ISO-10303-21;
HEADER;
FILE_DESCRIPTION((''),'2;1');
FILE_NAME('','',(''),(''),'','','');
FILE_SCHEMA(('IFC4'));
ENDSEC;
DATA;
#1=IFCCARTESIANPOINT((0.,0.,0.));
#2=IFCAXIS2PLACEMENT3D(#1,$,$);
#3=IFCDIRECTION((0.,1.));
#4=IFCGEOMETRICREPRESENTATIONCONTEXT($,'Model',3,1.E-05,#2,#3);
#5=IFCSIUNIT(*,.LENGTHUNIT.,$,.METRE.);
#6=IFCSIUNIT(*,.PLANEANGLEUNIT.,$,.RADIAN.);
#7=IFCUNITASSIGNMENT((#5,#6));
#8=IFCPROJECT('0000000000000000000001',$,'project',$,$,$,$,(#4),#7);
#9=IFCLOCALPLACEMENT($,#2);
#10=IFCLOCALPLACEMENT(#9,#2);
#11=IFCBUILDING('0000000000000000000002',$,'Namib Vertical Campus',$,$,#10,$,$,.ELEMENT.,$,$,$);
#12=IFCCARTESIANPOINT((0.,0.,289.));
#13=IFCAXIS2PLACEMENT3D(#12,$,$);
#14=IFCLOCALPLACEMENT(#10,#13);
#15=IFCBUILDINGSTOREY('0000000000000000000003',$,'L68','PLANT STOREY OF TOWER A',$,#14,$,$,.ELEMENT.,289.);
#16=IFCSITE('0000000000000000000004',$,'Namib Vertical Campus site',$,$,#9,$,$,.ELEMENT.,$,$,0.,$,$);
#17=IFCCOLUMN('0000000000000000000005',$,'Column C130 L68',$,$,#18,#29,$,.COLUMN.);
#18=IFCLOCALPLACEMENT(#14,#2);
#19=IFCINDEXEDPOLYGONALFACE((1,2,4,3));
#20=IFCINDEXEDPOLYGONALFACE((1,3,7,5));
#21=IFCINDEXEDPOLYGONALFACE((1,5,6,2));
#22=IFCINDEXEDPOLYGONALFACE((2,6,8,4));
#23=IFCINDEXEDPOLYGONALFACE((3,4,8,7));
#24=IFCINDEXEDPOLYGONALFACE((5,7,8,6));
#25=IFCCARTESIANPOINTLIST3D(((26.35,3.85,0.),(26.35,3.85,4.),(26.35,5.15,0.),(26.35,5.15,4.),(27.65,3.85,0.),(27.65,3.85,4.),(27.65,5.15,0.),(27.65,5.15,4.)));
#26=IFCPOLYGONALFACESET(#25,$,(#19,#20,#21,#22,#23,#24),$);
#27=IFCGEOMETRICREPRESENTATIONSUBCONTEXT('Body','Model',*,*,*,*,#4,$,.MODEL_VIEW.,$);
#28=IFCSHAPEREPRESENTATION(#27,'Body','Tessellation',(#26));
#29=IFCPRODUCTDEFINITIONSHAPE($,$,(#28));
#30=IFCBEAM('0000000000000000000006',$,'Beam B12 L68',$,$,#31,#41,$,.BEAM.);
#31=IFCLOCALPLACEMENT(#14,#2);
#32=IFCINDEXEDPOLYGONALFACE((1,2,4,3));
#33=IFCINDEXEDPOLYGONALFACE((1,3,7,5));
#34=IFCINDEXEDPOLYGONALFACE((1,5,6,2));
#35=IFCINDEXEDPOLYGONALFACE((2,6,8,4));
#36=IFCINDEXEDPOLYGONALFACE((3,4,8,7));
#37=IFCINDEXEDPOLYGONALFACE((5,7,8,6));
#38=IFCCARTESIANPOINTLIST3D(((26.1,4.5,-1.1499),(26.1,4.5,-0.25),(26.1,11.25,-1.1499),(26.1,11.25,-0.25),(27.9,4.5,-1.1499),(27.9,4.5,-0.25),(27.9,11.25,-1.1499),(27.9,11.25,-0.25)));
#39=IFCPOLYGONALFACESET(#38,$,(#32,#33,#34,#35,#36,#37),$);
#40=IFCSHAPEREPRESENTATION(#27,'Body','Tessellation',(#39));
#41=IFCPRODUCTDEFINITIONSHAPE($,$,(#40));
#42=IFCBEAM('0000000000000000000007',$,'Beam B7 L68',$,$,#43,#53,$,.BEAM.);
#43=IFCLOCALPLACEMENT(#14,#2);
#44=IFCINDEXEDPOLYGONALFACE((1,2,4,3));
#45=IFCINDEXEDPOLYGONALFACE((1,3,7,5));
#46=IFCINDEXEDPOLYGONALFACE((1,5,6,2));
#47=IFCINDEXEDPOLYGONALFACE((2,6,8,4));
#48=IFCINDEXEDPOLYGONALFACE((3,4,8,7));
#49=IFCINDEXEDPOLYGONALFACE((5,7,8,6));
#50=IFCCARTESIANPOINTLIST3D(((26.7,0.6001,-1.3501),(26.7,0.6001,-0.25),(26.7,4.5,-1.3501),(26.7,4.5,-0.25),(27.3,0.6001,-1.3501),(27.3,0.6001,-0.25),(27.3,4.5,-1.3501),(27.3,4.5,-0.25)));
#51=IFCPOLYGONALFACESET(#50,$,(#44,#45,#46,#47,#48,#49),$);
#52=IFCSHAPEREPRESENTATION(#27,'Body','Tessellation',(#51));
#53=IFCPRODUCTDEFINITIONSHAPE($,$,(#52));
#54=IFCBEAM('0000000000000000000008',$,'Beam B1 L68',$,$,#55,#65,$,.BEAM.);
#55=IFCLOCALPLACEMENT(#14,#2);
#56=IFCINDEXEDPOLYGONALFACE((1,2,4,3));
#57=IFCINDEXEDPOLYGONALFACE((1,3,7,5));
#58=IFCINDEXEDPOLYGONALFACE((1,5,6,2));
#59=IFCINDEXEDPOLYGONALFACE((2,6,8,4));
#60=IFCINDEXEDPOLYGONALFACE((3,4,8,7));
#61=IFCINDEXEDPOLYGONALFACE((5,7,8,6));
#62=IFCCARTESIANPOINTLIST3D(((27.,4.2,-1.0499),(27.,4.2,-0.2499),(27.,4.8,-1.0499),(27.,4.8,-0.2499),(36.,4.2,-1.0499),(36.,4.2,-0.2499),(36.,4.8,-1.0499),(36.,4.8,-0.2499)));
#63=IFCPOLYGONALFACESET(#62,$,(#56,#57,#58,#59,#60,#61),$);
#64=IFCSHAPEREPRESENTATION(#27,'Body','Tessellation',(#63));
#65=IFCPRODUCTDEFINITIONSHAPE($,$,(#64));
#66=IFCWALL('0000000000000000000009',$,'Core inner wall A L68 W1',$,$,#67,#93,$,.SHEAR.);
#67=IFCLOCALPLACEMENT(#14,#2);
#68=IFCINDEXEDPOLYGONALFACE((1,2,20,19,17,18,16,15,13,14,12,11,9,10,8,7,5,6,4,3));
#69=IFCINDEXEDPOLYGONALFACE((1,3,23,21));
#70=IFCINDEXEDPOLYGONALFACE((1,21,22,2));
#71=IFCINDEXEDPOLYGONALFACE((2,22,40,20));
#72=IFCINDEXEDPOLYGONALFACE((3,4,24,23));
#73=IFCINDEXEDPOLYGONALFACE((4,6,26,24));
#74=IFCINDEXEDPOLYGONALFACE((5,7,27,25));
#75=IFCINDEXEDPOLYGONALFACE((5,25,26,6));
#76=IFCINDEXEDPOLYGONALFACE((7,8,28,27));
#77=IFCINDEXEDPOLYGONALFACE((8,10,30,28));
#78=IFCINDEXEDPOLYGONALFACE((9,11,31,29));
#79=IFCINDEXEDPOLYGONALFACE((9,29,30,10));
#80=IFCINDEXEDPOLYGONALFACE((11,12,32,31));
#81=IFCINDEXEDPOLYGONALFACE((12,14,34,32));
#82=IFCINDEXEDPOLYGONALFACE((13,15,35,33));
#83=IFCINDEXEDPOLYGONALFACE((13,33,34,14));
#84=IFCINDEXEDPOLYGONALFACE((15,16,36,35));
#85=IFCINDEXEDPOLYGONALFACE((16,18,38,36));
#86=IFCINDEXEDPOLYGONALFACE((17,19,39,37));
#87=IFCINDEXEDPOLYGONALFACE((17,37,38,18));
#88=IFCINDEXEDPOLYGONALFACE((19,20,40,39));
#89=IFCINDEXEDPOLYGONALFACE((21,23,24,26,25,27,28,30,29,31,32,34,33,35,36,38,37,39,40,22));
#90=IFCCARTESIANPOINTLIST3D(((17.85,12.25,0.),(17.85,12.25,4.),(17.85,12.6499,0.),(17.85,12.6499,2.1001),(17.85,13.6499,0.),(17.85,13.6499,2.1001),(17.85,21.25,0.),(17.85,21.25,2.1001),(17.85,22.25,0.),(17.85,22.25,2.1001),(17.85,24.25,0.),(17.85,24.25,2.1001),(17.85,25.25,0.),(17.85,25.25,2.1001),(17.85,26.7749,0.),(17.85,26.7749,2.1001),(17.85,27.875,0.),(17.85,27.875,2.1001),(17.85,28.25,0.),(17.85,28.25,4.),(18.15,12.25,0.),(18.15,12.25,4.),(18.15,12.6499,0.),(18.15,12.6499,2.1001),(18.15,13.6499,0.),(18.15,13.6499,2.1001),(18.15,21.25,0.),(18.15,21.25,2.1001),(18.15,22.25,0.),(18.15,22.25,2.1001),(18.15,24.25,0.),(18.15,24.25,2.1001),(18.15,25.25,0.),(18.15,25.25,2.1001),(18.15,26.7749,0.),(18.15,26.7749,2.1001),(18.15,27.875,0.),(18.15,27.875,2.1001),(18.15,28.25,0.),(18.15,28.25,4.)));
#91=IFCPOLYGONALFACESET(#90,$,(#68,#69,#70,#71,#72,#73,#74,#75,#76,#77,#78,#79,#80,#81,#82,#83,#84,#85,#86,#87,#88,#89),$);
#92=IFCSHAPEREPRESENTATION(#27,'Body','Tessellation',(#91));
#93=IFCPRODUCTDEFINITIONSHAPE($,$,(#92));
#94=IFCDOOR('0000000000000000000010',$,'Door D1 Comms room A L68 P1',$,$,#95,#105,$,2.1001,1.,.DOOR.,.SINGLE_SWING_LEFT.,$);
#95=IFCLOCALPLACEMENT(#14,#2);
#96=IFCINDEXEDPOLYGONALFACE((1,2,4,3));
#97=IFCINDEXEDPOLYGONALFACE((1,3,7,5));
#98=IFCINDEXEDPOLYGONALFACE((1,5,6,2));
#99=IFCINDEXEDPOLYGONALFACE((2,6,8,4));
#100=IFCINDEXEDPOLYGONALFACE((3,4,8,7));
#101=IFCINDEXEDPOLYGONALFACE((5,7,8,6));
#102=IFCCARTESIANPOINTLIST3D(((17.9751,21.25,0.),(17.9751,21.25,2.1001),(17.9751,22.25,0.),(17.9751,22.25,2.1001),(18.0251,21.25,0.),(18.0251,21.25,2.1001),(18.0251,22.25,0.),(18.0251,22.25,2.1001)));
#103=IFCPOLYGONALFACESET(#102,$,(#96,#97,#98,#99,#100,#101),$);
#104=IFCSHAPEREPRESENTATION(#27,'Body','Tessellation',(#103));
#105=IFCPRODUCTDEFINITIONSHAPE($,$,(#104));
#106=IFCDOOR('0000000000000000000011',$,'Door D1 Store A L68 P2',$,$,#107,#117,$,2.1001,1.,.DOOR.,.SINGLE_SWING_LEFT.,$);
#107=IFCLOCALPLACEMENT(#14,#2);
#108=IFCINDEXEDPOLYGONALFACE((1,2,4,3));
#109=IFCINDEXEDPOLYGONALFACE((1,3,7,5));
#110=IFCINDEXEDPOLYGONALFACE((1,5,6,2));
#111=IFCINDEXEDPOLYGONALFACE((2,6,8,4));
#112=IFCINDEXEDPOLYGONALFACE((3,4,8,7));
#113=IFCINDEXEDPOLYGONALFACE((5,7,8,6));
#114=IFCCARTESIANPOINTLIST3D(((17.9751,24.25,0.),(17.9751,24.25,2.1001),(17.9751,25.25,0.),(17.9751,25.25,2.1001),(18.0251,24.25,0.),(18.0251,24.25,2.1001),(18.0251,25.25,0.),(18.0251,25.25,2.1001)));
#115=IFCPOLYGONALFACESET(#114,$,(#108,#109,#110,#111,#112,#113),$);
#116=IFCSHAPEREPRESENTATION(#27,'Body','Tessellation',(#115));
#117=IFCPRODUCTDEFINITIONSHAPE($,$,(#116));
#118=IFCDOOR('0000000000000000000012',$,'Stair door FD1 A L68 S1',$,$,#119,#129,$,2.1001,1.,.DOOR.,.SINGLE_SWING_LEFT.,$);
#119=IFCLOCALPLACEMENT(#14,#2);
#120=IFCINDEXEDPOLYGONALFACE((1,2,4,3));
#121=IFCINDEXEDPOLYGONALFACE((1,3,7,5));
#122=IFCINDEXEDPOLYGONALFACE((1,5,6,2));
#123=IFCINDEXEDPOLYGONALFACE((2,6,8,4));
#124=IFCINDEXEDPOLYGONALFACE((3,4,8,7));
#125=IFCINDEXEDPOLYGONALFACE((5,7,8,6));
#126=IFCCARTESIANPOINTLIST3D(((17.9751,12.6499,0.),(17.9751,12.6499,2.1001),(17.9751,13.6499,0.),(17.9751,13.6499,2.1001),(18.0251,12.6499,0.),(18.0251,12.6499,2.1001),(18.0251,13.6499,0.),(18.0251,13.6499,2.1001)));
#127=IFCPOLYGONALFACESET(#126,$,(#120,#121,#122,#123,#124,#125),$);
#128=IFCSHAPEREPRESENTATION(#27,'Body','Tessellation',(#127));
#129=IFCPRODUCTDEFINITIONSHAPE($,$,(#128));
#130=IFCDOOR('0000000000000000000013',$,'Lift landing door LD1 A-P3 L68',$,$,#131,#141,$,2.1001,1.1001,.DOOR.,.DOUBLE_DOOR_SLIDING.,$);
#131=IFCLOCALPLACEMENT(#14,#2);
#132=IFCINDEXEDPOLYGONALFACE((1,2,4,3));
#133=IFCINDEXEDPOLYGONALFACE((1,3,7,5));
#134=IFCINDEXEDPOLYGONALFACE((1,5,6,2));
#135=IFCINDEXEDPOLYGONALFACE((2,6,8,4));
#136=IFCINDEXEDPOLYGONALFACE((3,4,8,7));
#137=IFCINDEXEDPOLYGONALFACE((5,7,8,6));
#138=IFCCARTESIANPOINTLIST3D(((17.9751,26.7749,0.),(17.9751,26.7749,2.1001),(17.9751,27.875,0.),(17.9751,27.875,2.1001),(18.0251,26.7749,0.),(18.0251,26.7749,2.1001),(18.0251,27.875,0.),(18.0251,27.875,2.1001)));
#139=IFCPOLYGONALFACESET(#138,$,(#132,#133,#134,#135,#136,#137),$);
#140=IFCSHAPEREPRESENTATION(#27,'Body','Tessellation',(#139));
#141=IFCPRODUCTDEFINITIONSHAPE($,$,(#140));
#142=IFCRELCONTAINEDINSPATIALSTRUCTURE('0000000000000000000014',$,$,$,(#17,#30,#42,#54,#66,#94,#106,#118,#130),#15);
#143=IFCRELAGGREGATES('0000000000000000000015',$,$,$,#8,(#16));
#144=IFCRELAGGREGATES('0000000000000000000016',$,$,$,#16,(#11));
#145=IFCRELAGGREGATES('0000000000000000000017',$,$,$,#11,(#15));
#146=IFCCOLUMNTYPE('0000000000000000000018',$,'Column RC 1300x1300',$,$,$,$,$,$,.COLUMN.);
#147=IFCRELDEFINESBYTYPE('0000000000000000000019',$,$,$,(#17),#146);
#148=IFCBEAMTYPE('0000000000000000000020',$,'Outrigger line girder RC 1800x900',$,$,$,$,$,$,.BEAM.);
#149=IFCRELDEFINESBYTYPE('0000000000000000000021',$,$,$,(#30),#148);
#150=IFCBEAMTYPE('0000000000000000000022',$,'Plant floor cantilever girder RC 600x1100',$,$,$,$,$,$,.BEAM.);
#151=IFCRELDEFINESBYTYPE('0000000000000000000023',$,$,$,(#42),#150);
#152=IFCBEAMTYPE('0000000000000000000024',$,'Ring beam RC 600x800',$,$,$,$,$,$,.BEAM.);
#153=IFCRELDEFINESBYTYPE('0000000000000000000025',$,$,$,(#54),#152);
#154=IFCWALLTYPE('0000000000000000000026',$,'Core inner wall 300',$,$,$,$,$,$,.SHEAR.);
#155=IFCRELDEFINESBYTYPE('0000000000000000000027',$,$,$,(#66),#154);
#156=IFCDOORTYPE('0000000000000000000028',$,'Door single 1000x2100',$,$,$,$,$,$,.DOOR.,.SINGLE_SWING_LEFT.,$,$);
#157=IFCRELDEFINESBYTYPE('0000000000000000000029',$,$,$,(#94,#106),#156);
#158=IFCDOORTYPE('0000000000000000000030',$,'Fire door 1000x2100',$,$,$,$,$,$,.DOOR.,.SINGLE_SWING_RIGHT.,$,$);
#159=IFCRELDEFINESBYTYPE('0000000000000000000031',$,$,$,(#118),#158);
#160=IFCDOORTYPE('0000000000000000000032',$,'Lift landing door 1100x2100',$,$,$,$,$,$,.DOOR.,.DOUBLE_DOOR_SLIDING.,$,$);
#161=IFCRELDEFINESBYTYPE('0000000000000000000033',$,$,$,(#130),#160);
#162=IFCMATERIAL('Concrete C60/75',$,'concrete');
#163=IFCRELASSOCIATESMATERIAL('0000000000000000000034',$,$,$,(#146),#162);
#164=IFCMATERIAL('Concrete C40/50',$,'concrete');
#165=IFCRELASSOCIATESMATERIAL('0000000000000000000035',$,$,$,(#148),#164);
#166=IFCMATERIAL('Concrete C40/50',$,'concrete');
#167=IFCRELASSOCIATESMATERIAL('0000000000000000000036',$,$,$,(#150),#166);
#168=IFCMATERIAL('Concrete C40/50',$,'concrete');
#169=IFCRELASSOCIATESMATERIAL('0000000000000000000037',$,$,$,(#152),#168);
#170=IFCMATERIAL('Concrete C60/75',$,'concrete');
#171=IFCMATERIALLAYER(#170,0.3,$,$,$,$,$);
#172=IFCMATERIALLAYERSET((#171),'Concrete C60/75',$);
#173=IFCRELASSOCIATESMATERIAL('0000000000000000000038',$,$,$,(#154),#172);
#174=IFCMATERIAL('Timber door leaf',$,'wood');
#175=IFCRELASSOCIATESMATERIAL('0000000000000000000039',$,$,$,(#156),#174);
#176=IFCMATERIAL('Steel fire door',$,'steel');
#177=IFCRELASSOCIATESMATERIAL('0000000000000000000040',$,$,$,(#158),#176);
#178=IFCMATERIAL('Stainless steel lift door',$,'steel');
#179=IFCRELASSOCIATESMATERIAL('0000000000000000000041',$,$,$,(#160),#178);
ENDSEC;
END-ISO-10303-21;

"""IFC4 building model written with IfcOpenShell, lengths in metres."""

from ifc_helpers import new_model, si_unit, direction, frame, frame_2d, origin, origin_2d, place, context, subcontext, project, spatial, rectangle, extrude, material, layer, layer_set, material_profile, profile_set, type_object, element, fill, save


model = new_model("IFC4")

# Units and contexts
model_context = context("Model", 3, precision=1e-05, world=origin(), true_north=direction((0.0, 1.0)))
body_context = subcontext(model_context, "Body", "Model", "MODEL_VIEW")
ifc_project = project(units=[si_unit("LENGTHUNIT", "METRE"), si_unit("PLANEANGLEUNIT", "RADIAN")], contexts=[model_context])

# Site, building, storey
site_placement = place(None, origin())
site = spatial("IfcSite", under=ifc_project, at=site_placement, Name="Namib Vertical Campus site", CompositionType="ELEMENT", RefElevation=0.0)
building_placement = place(site_placement, origin())
building = spatial("IfcBuilding", under=site, at=building_placement, Name="Namib Vertical Campus", CompositionType="ELEMENT")
storey_placement = place(building_placement, frame((0.0, 0.0, 289.0)))
storey = spatial("IfcBuildingStorey", under=building, at=storey_placement, Name="L68", Description="PLANT STOREY OF TOWER A", CompositionType="ELEMENT", Elevation=289.0)

# Column
ifc_material_1 = material(Name="Concrete C60/75", Category="concrete")
ifc_material_profile_1 = material_profile(ifc_material_1, rectangle(XDim=1.3, YDim=1.3, at=origin_2d()))
ifc_profile_set_1 = profile_set([ifc_material_profile_1], Name="Concrete C60/75")
column_type = type_object("IfcColumnType", Name="Column RC 1300x1300", PredefinedType="COLUMN", material=ifc_profile_set_1)
column_placement = place(storey_placement, frame((27.0, 4.5, 0.0), z_axis=(0.0, 0.0, 1.0), x_axis=(1.0, 0.0, 0.0)))
element("IfcColumn", 1, at=column_placement, inside=storey, type_object=column_type, Name="Column C130 L68", PredefinedType="COLUMN", context=body_context, shape_type="SweptSolid", body=[
    extrude(rectangle(XDim=1.3, YDim=1.3, at=origin_2d()), origin(), (0.0, 0.0, 1.0), 4.0),
])

# Beams
ifc_material_2 = material(Name="Concrete C40/50", Category="concrete")
ifc_material_profile_2 = material_profile(ifc_material_2, rectangle(XDim=1.8, YDim=0.8999, at=origin_2d()))
ifc_profile_set_2 = profile_set([ifc_material_profile_2], Name="Concrete C40/50")
beam_type_1 = type_object("IfcBeamType", Name="Outrigger line girder RC 1800x900", PredefinedType="BEAM", material=ifc_profile_set_2)
beam_1_placement = place(storey_placement, frame((27.0, 4.5, -0.7), z_axis=(0.0, 1.0, 0.0), x_axis=(-1.0, 0.0, 0.0)))
element("IfcBeam", 2, at=beam_1_placement, inside=storey, type_object=beam_type_1, Name="Beam B12 L68", PredefinedType="BEAM", context=body_context, shape_type="SweptSolid", body=[
    extrude(rectangle(XDim=1.8, YDim=0.8999, at=origin_2d()), origin(), (0.0, 0.0, 1.0), 6.75),
])
ifc_material_3 = material(Name="Concrete C40/50", Category="concrete")
ifc_material_profile_3 = material_profile(ifc_material_3, rectangle(XDim=0.6001, YDim=1.1001, at=origin_2d()))
ifc_profile_set_3 = profile_set([ifc_material_profile_3], Name="Concrete C40/50")
beam_type_2 = type_object("IfcBeamType", Name="Plant floor cantilever girder RC 600x1100", PredefinedType="BEAM", material=ifc_profile_set_3)
beam_2_placement = place(storey_placement, frame((27.0, 4.5, -0.8), z_axis=(0.0, -1.0, 0.0), x_axis=(1.0, 0.0, 0.0)))
element("IfcBeam", 3, at=beam_2_placement, inside=storey, type_object=beam_type_2, Name="Beam B7 L68", PredefinedType="BEAM", context=body_context, shape_type="SweptSolid", body=[
    extrude(rectangle(XDim=0.6001, YDim=1.1001, at=origin_2d()), origin(), (0.0, 0.0, 1.0), 3.8999),
])
ifc_material_4 = material(Name="Concrete C40/50", Category="concrete")
ifc_material_profile_4 = material_profile(ifc_material_4, rectangle(XDim=0.6001, YDim=0.8, at=origin_2d()))
ifc_profile_set_4 = profile_set([ifc_material_profile_4], Name="Concrete C40/50")
beam_type_3 = type_object("IfcBeamType", Name="Ring beam RC 600x800", PredefinedType="BEAM", material=ifc_profile_set_4)
beam_3_placement = place(storey_placement, frame((27.0, 4.5, -0.6499), z_axis=(1.0, 0.0, 0.0), x_axis=(0.0, 1.0, 0.0)))
element("IfcBeam", 4, at=beam_3_placement, inside=storey, type_object=beam_type_3, Name="Beam B1 L68", PredefinedType="BEAM", context=body_context, shape_type="SweptSolid", body=[
    extrude(rectangle(XDim=0.6001, YDim=0.8, at=origin_2d()), origin(), (0.0, 0.0, 1.0), 9.0),
])

# Wall, openings, doors
ifc_material_5 = material(Name="Concrete C60/75", Category="concrete")
ifc_layer_1 = layer(ifc_material_5, 0.3)
ifc_layer_set_1 = layer_set([ifc_layer_1], Name="Concrete C60/75")
wall_type_1 = type_object("IfcWallType", Name="Core inner wall 300", PredefinedType="SHEAR", material=ifc_layer_set_1)
wall_1_placement = place(storey_placement, frame((18.0, 12.25, 0.0), z_axis=(0.0, 0.0, 1.0), x_axis=(0.0, 1.0, 0.0)))
wall_1 = element("IfcWall", 5, at=wall_1_placement, inside=storey, type_object=wall_type_1, Name="Core inner wall A L68 W1", PredefinedType="SHEAR", context=body_context, shape_type="SweptSolid", body=[
    extrude(rectangle(XDim=16.0, YDim=0.3, at=frame_2d((8.0, 0.0))), origin(), (0.0, 0.0, 1.0), 4.0),
])
opening_1_placement = place(wall_1_placement, frame((0.3999, 0.0, 0.0)))
opening_1 = element("IfcOpeningElement", 6, at=opening_1_placement, cuts=wall_1, PredefinedType="OPENING", context=body_context, shape_type="SweptSolid", body=[
    extrude(rectangle(XDim=1.0, YDim=2.1001, at=frame_2d((0.5, 1.05))), frame((0.0, 0.1599, 0.0), z_axis=(0.0, -1.0, 0.0), x_axis=(1.0, 0.0, 0.0)), (0.0, 0.0, 1.0), 0.3201),
])
opening_2_placement = place(wall_1_placement, frame((14.5249, 0.0, 0.0)))
opening_2 = element("IfcOpeningElement", 7, at=opening_2_placement, cuts=wall_1, PredefinedType="OPENING", context=body_context, shape_type="SweptSolid", body=[
    extrude(rectangle(XDim=1.1001, YDim=2.1001, at=frame_2d((0.55, 1.05))), frame((0.0, 0.1599, 0.0), z_axis=(0.0, -1.0, 0.0), x_axis=(1.0, 0.0, 0.0)), (0.0, 0.0, 1.0), 0.3201),
])
opening_3_placement = place(wall_1_placement, frame((9.0, 0.0, 0.0)))
opening_3 = element("IfcOpeningElement", 8, at=opening_3_placement, cuts=wall_1, PredefinedType="OPENING", context=body_context, shape_type="SweptSolid", body=[
    extrude(rectangle(XDim=1.0, YDim=2.1001, at=frame_2d((0.5, 1.05))), frame((0.0, 0.1599, 0.0), z_axis=(0.0, -1.0, 0.0), x_axis=(1.0, 0.0, 0.0)), (0.0, 0.0, 1.0), 0.3201),
])
opening_4_placement = place(wall_1_placement, frame((12.0, 0.0, 0.0)))
opening_4 = element("IfcOpeningElement", 9, at=opening_4_placement, cuts=wall_1, PredefinedType="OPENING", context=body_context, shape_type="SweptSolid", body=[
    extrude(rectangle(XDim=1.0, YDim=2.1001, at=frame_2d((0.5, 1.05))), frame((0.0, 0.1599, 0.0), z_axis=(0.0, -1.0, 0.0), x_axis=(1.0, 0.0, 0.0)), (0.0, 0.0, 1.0), 0.3201),
])
ifc_material_6 = material(Name="Timber door leaf", Category="wood")
door_type_1 = type_object("IfcDoorType", Name="Door single 1000x2100", OperationType="SINGLE_SWING_LEFT", PredefinedType="DOOR", material=ifc_material_6)
door_1_placement = place(opening_3_placement, origin())
door_1 = element("IfcDoor", 10, at=door_1_placement, inside=storey, type_object=door_type_1, Name="Door D1 Comms room A L68 P1", OperationType="SINGLE_SWING_LEFT", OverallHeight=2.1001, OverallWidth=1.0, PredefinedType="DOOR", context=body_context, shape_type="SweptSolid", body=[
    extrude(rectangle(XDim=1.0, YDim=2.1001, at=frame_2d((0.5, 1.05))), frame((0.0, 0.0249, 0.0), z_axis=(0.0, -1.0, 0.0), x_axis=(1.0, 0.0, 0.0)), (0.0, 0.0, 1.0), 0.05),
])
fill(opening_3, door_1)
door_2_placement = place(opening_4_placement, origin())
door_2 = element("IfcDoor", 11, at=door_2_placement, inside=storey, type_object=door_type_1, Name="Door D1 Store A L68 P2", OperationType="SINGLE_SWING_LEFT", OverallHeight=2.1001, OverallWidth=1.0, PredefinedType="DOOR", context=body_context, shape_type="SweptSolid", body=[
    extrude(rectangle(XDim=1.0, YDim=2.1001, at=frame_2d((0.5, 1.05))), frame((0.0, 0.0249, 0.0), z_axis=(0.0, -1.0, 0.0), x_axis=(1.0, 0.0, 0.0)), (0.0, 0.0, 1.0), 0.05),
])
fill(opening_4, door_2)
ifc_material_7 = material(Name="Steel fire door", Category="steel")
door_type_2 = type_object("IfcDoorType", Name="Fire door 1000x2100", OperationType="SINGLE_SWING_RIGHT", PredefinedType="DOOR", material=ifc_material_7)
door_3_placement = place(opening_1_placement, origin())
door_3 = element("IfcDoor", 12, at=door_3_placement, inside=storey, type_object=door_type_2, Name="Stair door FD1 A L68 S1", OperationType="SINGLE_SWING_LEFT", OverallHeight=2.1001, OverallWidth=1.0, PredefinedType="DOOR", context=body_context, shape_type="SweptSolid", body=[
    extrude(rectangle(XDim=1.0, YDim=2.1001, at=frame_2d((0.5, 1.05))), frame((0.0, 0.0249, 0.0), z_axis=(0.0, -1.0, 0.0), x_axis=(1.0, 0.0, 0.0)), (0.0, 0.0, 1.0), 0.05),
])
fill(opening_1, door_3)
ifc_material_8 = material(Name="Stainless steel lift door", Category="steel")
door_type_3 = type_object("IfcDoorType", Name="Lift landing door 1100x2100", OperationType="DOUBLE_DOOR_SLIDING", PredefinedType="DOOR", material=ifc_material_8)
door_4_placement = place(opening_2_placement, origin())
door_4 = element("IfcDoor", 13, at=door_4_placement, inside=storey, type_object=door_type_3, Name="Lift landing door LD1 A-P3 L68", OperationType="DOUBLE_DOOR_SLIDING", OverallHeight=2.1001, OverallWidth=1.1001, PredefinedType="DOOR", context=body_context, shape_type="SweptSolid", body=[
    extrude(rectangle(XDim=1.1001, YDim=2.1001, at=frame_2d((0.55, 1.05))), frame((0.0, 0.0249, 0.0), z_axis=(0.0, -1.0, 0.0), x_axis=(1.0, 0.0, 0.0)), (0.0, 0.0, 1.0), 0.05),
])
fill(opening_2, door_4)

save(model, "model.ifc")
